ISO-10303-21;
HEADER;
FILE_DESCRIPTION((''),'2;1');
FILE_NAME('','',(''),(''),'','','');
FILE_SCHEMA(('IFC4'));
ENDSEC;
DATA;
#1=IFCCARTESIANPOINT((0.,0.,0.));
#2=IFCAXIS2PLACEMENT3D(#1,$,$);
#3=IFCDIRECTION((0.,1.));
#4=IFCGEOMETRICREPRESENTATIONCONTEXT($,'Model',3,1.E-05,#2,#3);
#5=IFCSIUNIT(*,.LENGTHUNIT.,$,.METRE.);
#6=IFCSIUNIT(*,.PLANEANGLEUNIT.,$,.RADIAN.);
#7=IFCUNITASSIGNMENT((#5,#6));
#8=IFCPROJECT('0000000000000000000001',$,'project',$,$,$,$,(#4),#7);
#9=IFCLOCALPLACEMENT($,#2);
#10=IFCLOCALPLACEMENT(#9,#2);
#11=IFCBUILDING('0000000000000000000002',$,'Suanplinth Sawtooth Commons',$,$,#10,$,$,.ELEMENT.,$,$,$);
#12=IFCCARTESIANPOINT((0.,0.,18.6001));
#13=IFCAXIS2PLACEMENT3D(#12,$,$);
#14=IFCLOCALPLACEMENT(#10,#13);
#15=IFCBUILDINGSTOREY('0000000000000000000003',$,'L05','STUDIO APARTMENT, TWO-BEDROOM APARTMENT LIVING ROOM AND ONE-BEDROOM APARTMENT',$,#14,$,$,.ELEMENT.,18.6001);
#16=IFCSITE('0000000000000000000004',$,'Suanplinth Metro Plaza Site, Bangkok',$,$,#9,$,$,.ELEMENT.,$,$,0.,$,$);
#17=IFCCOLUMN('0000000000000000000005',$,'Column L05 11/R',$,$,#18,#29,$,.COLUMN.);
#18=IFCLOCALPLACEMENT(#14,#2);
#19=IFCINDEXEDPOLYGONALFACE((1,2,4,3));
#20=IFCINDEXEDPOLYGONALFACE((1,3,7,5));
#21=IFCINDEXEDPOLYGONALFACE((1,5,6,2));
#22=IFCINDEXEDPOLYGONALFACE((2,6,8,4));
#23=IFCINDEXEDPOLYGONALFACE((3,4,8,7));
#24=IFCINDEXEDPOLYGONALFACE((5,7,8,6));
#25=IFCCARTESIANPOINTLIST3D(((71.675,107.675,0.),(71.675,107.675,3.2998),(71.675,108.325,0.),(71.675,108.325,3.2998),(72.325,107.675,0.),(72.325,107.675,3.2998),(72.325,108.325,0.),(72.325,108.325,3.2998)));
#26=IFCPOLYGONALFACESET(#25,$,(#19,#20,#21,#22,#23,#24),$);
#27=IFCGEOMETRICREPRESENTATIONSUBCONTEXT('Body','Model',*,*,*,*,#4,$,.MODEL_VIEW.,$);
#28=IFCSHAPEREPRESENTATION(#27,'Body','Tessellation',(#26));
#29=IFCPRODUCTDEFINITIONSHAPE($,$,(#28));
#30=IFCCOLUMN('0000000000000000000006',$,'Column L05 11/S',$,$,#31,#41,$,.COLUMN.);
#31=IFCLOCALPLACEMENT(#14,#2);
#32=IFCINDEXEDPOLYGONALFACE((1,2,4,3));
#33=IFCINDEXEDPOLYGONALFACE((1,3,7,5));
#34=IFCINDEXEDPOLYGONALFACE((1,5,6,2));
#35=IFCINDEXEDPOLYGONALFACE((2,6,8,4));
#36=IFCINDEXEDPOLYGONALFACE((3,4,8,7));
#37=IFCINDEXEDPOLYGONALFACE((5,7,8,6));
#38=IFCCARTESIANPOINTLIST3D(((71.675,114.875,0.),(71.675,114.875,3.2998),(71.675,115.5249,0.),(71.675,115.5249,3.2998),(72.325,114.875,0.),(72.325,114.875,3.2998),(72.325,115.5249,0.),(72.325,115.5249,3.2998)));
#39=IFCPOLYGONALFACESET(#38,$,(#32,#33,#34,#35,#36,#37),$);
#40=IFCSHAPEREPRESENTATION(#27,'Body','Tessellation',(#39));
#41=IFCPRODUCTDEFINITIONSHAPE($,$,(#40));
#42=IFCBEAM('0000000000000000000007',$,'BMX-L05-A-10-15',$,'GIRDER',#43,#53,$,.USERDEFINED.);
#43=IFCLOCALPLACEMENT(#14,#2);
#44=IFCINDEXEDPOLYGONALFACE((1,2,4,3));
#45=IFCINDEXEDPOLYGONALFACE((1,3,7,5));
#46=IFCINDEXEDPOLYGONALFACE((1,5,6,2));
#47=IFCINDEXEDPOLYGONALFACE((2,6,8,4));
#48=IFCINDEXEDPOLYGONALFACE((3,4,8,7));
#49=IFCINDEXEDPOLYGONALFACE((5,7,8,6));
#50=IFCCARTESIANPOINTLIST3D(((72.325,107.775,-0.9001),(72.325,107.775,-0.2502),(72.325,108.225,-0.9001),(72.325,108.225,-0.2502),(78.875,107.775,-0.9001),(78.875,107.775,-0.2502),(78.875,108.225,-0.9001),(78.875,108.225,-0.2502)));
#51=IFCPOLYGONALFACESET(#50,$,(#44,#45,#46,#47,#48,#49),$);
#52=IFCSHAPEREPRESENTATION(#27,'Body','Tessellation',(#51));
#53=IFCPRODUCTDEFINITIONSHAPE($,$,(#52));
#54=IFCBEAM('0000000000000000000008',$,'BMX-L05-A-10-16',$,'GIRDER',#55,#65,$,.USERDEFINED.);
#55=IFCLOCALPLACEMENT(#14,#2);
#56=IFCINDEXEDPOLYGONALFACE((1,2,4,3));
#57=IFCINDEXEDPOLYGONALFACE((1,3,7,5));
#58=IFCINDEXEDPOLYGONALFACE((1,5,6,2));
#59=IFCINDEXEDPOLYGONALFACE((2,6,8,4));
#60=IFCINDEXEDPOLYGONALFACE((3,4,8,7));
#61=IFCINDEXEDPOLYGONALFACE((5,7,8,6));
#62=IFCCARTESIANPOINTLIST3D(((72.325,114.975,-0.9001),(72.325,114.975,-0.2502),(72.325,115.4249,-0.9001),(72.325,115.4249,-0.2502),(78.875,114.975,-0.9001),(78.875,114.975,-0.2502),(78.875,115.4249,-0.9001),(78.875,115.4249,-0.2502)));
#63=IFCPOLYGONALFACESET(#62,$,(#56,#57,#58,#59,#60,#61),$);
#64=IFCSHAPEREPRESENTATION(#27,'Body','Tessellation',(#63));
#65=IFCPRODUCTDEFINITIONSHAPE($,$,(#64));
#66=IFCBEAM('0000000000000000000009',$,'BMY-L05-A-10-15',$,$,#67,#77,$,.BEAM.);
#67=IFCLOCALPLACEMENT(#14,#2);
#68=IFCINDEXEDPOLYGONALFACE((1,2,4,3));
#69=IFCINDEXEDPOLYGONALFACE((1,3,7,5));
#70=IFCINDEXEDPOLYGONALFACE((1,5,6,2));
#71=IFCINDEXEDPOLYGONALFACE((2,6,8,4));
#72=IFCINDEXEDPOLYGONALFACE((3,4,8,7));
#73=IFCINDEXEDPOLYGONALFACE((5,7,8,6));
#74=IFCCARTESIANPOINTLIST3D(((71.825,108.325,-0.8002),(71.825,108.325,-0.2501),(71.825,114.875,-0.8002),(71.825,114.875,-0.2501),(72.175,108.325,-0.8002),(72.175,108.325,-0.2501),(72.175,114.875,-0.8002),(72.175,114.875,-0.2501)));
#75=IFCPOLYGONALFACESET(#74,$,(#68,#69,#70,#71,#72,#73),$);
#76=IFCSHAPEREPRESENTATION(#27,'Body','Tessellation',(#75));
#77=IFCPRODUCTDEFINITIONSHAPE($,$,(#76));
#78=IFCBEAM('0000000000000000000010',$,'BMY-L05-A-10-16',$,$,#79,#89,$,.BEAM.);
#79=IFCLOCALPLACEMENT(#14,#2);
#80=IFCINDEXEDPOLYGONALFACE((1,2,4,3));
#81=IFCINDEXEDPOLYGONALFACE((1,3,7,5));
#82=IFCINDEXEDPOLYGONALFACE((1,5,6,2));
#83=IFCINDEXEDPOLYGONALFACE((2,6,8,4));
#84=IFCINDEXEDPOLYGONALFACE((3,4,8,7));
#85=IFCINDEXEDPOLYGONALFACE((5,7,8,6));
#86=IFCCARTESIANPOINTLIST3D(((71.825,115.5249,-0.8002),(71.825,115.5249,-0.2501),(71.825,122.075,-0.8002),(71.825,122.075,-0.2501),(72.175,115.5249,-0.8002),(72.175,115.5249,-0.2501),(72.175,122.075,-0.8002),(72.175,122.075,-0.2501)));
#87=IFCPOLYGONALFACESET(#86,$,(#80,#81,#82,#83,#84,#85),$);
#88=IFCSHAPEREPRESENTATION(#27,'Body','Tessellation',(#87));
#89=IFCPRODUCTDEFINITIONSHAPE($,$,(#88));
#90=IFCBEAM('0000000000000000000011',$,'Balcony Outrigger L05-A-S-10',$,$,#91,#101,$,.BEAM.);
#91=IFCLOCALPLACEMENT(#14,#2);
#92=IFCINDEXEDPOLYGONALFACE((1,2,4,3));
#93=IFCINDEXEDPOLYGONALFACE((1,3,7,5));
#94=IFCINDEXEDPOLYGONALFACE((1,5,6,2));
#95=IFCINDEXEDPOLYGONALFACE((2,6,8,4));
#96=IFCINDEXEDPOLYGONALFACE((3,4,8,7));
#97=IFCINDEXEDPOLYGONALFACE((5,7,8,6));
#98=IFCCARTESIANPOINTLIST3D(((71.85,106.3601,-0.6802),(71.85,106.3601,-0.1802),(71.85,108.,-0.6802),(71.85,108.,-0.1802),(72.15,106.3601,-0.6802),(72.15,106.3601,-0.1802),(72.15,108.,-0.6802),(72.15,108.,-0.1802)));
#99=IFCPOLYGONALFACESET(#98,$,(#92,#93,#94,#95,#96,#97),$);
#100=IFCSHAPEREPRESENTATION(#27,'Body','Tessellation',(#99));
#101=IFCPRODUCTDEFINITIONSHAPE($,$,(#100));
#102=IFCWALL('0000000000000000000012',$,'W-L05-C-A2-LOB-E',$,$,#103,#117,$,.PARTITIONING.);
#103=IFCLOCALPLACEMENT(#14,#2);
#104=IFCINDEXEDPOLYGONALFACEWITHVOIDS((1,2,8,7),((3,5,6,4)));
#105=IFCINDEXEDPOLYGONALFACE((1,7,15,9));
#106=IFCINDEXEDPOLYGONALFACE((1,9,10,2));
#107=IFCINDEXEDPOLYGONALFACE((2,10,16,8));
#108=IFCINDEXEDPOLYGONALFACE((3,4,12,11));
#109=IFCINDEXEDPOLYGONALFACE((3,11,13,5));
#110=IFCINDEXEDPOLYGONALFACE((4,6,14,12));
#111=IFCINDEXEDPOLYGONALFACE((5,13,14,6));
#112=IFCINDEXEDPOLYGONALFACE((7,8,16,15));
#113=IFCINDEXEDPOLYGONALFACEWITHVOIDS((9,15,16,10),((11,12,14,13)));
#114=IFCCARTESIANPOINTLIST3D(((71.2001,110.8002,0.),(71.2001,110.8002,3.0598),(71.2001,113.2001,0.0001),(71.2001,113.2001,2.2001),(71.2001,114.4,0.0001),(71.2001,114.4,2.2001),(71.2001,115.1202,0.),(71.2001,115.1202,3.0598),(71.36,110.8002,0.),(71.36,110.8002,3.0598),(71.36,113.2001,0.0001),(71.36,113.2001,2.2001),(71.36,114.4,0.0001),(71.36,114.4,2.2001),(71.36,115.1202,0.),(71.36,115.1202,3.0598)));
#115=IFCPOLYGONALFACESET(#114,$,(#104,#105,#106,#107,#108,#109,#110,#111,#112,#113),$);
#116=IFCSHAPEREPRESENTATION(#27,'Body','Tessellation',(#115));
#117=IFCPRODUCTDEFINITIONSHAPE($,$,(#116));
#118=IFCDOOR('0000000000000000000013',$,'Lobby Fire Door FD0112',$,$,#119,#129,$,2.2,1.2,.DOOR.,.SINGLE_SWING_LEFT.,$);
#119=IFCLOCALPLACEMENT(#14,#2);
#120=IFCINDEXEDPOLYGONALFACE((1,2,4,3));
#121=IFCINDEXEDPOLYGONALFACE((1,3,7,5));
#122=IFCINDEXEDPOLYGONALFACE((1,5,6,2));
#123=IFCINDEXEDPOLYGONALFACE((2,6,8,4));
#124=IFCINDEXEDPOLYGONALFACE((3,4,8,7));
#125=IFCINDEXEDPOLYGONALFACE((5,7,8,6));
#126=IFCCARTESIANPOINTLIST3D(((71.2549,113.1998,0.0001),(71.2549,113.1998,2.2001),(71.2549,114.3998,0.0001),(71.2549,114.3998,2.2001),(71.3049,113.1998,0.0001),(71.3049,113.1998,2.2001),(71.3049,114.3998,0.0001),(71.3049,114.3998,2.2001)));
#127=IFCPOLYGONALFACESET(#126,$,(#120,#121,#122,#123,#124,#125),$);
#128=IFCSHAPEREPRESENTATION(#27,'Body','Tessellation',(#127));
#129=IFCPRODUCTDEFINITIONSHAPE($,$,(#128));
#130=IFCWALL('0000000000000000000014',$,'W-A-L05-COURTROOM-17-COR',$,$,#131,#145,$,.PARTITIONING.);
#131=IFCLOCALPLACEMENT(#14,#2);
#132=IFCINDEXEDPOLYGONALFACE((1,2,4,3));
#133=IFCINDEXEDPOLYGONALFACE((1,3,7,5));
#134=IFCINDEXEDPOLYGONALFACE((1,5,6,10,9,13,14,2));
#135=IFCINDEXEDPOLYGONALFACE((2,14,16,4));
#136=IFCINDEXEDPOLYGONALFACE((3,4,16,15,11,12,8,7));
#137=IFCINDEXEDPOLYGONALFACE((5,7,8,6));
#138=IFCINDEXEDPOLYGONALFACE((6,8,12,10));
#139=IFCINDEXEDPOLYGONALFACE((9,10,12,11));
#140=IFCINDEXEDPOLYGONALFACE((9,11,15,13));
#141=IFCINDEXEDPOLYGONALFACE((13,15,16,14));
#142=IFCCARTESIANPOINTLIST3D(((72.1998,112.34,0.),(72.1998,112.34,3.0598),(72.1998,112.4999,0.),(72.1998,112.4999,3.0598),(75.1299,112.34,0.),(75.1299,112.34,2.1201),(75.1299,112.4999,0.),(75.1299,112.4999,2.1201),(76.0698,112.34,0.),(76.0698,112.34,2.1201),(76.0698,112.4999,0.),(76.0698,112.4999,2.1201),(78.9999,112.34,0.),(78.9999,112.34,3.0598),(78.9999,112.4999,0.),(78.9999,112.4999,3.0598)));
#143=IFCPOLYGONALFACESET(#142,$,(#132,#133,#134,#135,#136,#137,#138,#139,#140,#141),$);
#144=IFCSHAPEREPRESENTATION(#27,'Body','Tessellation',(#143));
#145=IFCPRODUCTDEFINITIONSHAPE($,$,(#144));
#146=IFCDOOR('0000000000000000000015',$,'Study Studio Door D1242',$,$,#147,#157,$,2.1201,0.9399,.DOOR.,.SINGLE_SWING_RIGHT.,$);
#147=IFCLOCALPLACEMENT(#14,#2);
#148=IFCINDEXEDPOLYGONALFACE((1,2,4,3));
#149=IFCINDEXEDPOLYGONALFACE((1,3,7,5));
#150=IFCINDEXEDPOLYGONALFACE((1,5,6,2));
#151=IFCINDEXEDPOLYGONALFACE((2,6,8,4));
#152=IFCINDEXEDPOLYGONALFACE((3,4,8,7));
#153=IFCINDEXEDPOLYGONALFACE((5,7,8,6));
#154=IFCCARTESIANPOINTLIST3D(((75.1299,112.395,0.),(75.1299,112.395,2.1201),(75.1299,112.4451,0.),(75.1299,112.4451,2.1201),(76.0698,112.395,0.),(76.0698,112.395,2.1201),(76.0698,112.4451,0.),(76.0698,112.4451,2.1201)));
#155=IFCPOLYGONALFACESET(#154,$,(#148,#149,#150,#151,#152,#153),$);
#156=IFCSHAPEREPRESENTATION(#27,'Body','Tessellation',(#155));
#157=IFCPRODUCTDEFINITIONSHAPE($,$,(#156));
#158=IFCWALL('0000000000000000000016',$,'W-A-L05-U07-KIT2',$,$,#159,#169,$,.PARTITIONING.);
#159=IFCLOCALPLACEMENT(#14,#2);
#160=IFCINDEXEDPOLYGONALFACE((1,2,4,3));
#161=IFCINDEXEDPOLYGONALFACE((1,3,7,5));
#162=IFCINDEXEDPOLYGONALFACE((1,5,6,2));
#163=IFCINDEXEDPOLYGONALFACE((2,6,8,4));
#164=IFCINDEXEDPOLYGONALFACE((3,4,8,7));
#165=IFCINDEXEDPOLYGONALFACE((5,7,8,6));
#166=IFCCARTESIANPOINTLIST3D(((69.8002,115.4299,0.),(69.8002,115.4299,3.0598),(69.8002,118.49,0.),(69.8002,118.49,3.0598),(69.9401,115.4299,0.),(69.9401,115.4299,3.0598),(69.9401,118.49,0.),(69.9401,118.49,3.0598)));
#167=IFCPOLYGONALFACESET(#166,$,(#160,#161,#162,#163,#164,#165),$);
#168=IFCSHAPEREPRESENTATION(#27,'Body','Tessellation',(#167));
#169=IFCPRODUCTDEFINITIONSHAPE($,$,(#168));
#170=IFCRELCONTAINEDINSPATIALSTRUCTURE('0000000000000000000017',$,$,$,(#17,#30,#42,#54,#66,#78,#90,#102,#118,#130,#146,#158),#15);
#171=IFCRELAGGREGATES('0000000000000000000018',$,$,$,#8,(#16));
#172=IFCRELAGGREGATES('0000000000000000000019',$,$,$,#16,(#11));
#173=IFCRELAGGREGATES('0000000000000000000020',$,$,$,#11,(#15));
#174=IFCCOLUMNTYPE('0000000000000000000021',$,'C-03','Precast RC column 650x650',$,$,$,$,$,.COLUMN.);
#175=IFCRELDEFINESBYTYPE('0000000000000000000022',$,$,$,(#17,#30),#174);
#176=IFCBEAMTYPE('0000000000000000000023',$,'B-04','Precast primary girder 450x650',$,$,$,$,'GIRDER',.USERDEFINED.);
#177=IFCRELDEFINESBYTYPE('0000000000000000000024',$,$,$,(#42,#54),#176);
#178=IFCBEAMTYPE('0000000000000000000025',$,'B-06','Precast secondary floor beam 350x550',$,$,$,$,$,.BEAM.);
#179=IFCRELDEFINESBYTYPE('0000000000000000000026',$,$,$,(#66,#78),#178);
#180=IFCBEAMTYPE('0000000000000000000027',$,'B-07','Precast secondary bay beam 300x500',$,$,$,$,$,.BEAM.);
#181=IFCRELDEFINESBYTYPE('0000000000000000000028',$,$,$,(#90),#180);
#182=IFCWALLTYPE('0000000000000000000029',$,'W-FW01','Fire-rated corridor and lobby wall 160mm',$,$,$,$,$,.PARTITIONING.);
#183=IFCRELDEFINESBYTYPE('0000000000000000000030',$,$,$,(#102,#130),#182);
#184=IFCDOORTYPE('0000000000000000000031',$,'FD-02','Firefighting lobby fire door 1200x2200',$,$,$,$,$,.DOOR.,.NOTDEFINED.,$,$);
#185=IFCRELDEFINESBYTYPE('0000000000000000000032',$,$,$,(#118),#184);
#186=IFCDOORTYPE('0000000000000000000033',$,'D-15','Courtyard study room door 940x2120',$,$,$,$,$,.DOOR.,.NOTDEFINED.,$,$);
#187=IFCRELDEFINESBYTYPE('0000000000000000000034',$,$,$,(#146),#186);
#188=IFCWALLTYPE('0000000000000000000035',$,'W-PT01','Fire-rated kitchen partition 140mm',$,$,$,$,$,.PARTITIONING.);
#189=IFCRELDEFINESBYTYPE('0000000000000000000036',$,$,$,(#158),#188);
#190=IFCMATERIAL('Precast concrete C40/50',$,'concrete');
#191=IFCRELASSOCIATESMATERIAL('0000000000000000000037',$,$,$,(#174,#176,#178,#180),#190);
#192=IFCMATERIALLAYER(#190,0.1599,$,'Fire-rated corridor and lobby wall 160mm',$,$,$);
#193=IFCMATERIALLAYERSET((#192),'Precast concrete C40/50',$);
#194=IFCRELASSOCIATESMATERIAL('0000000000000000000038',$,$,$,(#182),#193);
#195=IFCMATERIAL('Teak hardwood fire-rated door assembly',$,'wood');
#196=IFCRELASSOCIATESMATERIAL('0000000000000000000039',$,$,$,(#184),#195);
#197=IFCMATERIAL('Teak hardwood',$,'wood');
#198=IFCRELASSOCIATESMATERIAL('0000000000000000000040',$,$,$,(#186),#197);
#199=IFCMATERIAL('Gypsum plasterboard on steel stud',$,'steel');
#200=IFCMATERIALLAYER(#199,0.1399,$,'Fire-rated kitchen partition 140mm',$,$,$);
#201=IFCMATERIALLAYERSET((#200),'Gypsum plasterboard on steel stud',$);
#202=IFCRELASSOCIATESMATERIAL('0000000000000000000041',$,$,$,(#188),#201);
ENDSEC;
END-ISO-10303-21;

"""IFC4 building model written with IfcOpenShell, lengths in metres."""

from ifc_helpers import new_model, si_unit, direction, frame, frame_2d, origin, origin_2d, place, context, subcontext, project, spatial, rectangle, extrude, material, layer, layer_set, material_profile, profile_set, type_object, element, fill, save


model = new_model("IFC4")

# Units and contexts
model_context = context("Model", 3, precision=1e-05, world=origin(), true_north=direction((0.0, 1.0)))
body_context = subcontext(model_context, "Body", "Model", "MODEL_VIEW")
ifc_project = project(units=[si_unit("LENGTHUNIT", "METRE"), si_unit("PLANEANGLEUNIT", "RADIAN")], contexts=[model_context])

# Site, building, storey
site_placement = place(None, origin())
site = spatial("IfcSite", under=ifc_project, at=site_placement, Name="Suanplinth Metro Plaza Site, Bangkok", CompositionType="ELEMENT", RefElevation=0.0)
building_placement = place(site_placement, origin())
building = spatial("IfcBuilding", under=site, at=building_placement, Name="Suanplinth Sawtooth Commons", CompositionType="ELEMENT")
storey_placement = place(building_placement, frame((0.0, 0.0, 18.6001)))
storey = spatial("IfcBuildingStorey", under=building, at=storey_placement, Name="L05", Description="STUDIO APARTMENT, TWO-BEDROOM APARTMENT LIVING ROOM AND ONE-BEDROOM APARTMENT", CompositionType="ELEMENT", Elevation=18.6001)

# Columns
ifc_material_1 = material(Name="Precast concrete C40/50", Category="concrete")
ifc_material_profile_1 = material_profile(ifc_material_1, rectangle(XDim=0.6499, YDim=0.6499, at=origin_2d()), Name="PC-COL 650x650")
ifc_profile_set_1 = profile_set([ifc_material_profile_1], Name="Precast concrete C40/50")
column_type = type_object("IfcColumnType", Name="C-03", Description="Precast RC column 650x650", PredefinedType="COLUMN", material=ifc_profile_set_1)
for number, where, z_axis, x_axis, name in (
    (1, (72.0, 108.0, 0.0), (0.0, 0.0, 1.0), (1.0, 0.0, 0.0), "Column L05 11/R"),
    (2, (72.0, 115.2, 0.0), (0.0, 0.0, 1.0), (1.0, 0.0, 0.0), "Column L05 11/S"),
):
    element("IfcColumn", number, at=place(storey_placement, frame(where, z_axis=z_axis, x_axis=x_axis)), inside=storey, type_object=column_type, Name=name, PredefinedType="COLUMN", context=body_context, shape_type="SweptSolid", body=[
        extrude(rectangle(XDim=0.6499, YDim=0.6499, at=origin_2d()), origin(), (0.0, 0.0, 1.0), 3.2998),
    ])

# Beams
ifc_material_profile_2 = material_profile(ifc_material_1, rectangle(XDim=0.45, YDim=0.6499, at=origin_2d()), Name="PC-GDR 450x650")
ifc_profile_set_2 = profile_set([ifc_material_profile_2], Name="Precast concrete C40/50")
beam_type_1 = type_object("IfcBeamType", Name="B-04", Description="Precast primary girder 450x650", ElementType="GIRDER", PredefinedType="USERDEFINED", material=ifc_profile_set_2)
for number, where, z_axis, x_axis, name in (
    (3, (72.325, 108.0, -0.5752), (1.0, 0.0, 0.0), (0.0, 1.0, 0.0), "BMX-L05-A-10-15"),
    (4, (72.325, 115.2, -0.5752), (1.0, 0.0, 0.0), (0.0, 1.0, 0.0), "BMX-L05-A-10-16"),
):
    element("IfcBeam", number, at=place(storey_placement, frame(where, z_axis=z_axis, x_axis=x_axis)), inside=storey, type_object=beam_type_1, Name=name, ObjectType="GIRDER", PredefinedType="USERDEFINED", context=body_context, shape_type="SweptSolid", body=[
        extrude(rectangle(XDim=0.45, YDim=0.6499, at=origin_2d()), origin(), (0.0, 0.0, 1.0), 6.55),
    ])
ifc_material_profile_3 = material_profile(ifc_material_1, rectangle(XDim=0.3501, YDim=0.55, at=origin_2d()), Name="PC-BM 350x550")
ifc_profile_set_3 = profile_set([ifc_material_profile_3], Name="Precast concrete C40/50")
beam_type_2 = type_object("IfcBeamType", Name="B-06", Description="Precast secondary floor beam 350x550", PredefinedType="BEAM", material=ifc_profile_set_3)
for number, where, z_axis, x_axis, name in (
    (5, (72.0, 108.325, -0.5251), (0.0, 1.0, 0.0), (-1.0, 0.0, 0.0), "BMY-L05-A-10-15"),
    (6, (72.0, 115.5249, -0.5251), (0.0, 1.0, 0.0), (-1.0, 0.0, 0.0), "BMY-L05-A-10-16"),
):
    element("IfcBeam", number, at=place(storey_placement, frame(where, z_axis=z_axis, x_axis=x_axis)), inside=storey, type_object=beam_type_2, Name=name, PredefinedType="BEAM", context=body_context, shape_type="SweptSolid", body=[
        extrude(rectangle(XDim=0.3501, YDim=0.55, at=origin_2d()), origin(), (0.0, 0.0, 1.0), 6.55),
    ])
ifc_material_profile_4 = material_profile(ifc_material_1, rectangle(XDim=0.3, YDim=0.5, at=origin_2d()), Name="PC-BM 300x500")
ifc_profile_set_4 = profile_set([ifc_material_profile_4], Name="Precast concrete C40/50")
beam_type_3 = type_object("IfcBeamType", Name="B-07", Description="Precast secondary bay beam 300x500", PredefinedType="BEAM", material=ifc_profile_set_4)
beam_placement = place(storey_placement, frame((72.0, 108.0, -0.4302), z_axis=(0.0, -1.0, 0.0), x_axis=(1.0, 0.0, 0.0)))
element("IfcBeam", 7, at=beam_placement, inside=storey, type_object=beam_type_3, Name="Balcony Outrigger L05-A-S-10", PredefinedType="BEAM", context=body_context, shape_type="SweptSolid", body=[
    extrude(rectangle(XDim=0.3, YDim=0.5, at=origin_2d()), origin(), (0.0, 0.0, 1.0), 1.6399),
])

# Walls, openings, doors
ifc_layer_1 = layer(ifc_material_1, 0.1599, Name="Fire-rated corridor and lobby wall 160mm")
ifc_layer_set_1 = layer_set([ifc_layer_1], Name="Precast concrete C40/50")
wall_type_1 = type_object("IfcWallType", Name="W-FW01", Description="Fire-rated corridor and lobby wall 160mm", PredefinedType="PARTITIONING", material=ifc_layer_set_1)
wall_1_placement = place(storey_placement, frame((71.28, 110.8, 0.0), z_axis=(0.0, 0.0, 1.0), x_axis=(0.0, 1.0, 0.0)))
wall_1 = element("IfcWall", 8, at=wall_1_placement, inside=storey, type_object=wall_type_1, Name="W-L05-C-A2-LOB-E", PredefinedType="PARTITIONING", context=body_context, shape_type="SweptSolid", body=[
    extrude(rectangle(XDim=4.3201, YDim=0.1599, at=frame_2d((2.1602, 0.0))), origin(), (0.0, 0.0, 1.0), 3.0598),
])
opening_1_placement = place(wall_1_placement, frame((2.3999, 0.0, 0.0)))
opening_1 = element("IfcOpeningElement", 9, at=opening_1_placement, cuts=wall_1, PredefinedType="OPENING", context=body_context, shape_type="SweptSolid", body=[
    extrude(rectangle(XDim=1.2, YDim=2.2, at=frame_2d((0.6001, 1.1001))), frame((0.0, 0.0947, 0.0), z_axis=(0.0, -1.0, 0.0), x_axis=(1.0, 0.0, 0.0)), (0.0, 0.0, 1.0), 0.1897),
])
ifc_material_2 = material(Name="Teak hardwood fire-rated door assembly", Category="wood")
door_type_1 = type_object("IfcDoorType", Name="FD-02", Description="Firefighting lobby fire door 1200x2200", OperationType="NOTDEFINED", PredefinedType="DOOR", material=ifc_material_2)
door_1_placement = place(opening_1_placement, frame((1.2, 0.0, 0.0), z_axis=(0.0, 0.0, 1.0), x_axis=(-1.0, 0.0, 0.0)))
door_1 = element("IfcDoor", 10, at=door_1_placement, inside=storey, type_object=door_type_1, Name="Lobby Fire Door FD0112", OperationType="SINGLE_SWING_LEFT", OverallHeight=2.2, OverallWidth=1.2, PredefinedType="DOOR", context=body_context, shape_type="SweptSolid", body=[
    extrude(rectangle(XDim=1.2, YDim=2.2, at=frame_2d((0.6001, 1.1001))), frame((0.0, 0.0249, 0.0), z_axis=(0.0, -1.0, 0.0), x_axis=(1.0, 0.0, 0.0)), (0.0, 0.0, 1.0), 0.05),
])
fill(opening_1, door_1)
wall_2_placement = place(storey_placement, frame((72.2, 112.4199, 0.0), z_axis=(0.0, 0.0, 1.0), x_axis=(1.0, 0.0, 0.0)))
wall_2 = element("IfcWall", 11, at=wall_2_placement, inside=storey, type_object=wall_type_1, Name="W-A-L05-COURTROOM-17-COR", PredefinedType="PARTITIONING", context=body_context, shape_type="SweptSolid", body=[
    extrude(rectangle(XDim=6.8, YDim=0.1599, at=frame_2d((3.3999, 0.0))), origin(), (0.0, 0.0, 1.0), 3.0598),
])
opening_2_placement = place(wall_2_placement, frame((2.9299, 0.0, 0.0)))
opening_2 = element("IfcOpeningElement", 12, at=opening_2_placement, cuts=wall_2, PredefinedType="OPENING", context=body_context, shape_type="SweptSolid", body=[
    extrude(rectangle(XDim=0.9399, YDim=2.1201, at=frame_2d((0.47, 1.0601))), frame((0.0, 0.0947, 0.0), z_axis=(0.0, -1.0, 0.0), x_axis=(1.0, 0.0, 0.0)), (0.0, 0.0, 1.0), 0.1897),
])
ifc_material_3 = material(Name="Teak hardwood", Category="wood")
door_type_2 = type_object("IfcDoorType", Name="D-15", Description="Courtyard study room door 940x2120", OperationType="NOTDEFINED", PredefinedType="DOOR", material=ifc_material_3)
door_2_placement = place(opening_2_placement, frame((0.9399, 0.0, 0.0), z_axis=(0.0, 0.0, 1.0), x_axis=(-1.0, 0.0, 0.0)))
door_2 = element("IfcDoor", 13, at=door_2_placement, inside=storey, type_object=door_type_2, Name="Study Studio Door D1242", OperationType="SINGLE_SWING_RIGHT", OverallHeight=2.1201, OverallWidth=0.9399, PredefinedType="DOOR", context=body_context, shape_type="SweptSolid", body=[
    extrude(rectangle(XDim=0.9399, YDim=2.1201, at=frame_2d((0.47, 1.0601))), frame((0.0, 0.0249, 0.0), z_axis=(0.0, -1.0, 0.0), x_axis=(1.0, 0.0, 0.0)), (0.0, 0.0, 1.0), 0.05),
])
fill(opening_2, door_2)

# Wall
ifc_material_4 = material(Name="Gypsum plasterboard on steel stud", Category="steel")
ifc_layer_2 = layer(ifc_material_4, 0.1399, Name="Fire-rated kitchen partition 140mm")
ifc_layer_set_2 = layer_set([ifc_layer_2], Name="Gypsum plasterboard on steel stud")
wall_type_2 = type_object("IfcWallType", Name="W-PT01", Description="Fire-rated kitchen partition 140mm", PredefinedType="PARTITIONING", material=ifc_layer_set_2)
wall_3_placement = place(storey_placement, frame((69.8701, 115.4299, 0.0), z_axis=(0.0, 0.0, 1.0), x_axis=(0.0, 1.0, 0.0)))
element("IfcWall", 14, at=wall_3_placement, inside=storey, type_object=wall_type_2, Name="W-A-L05-U07-KIT2", PredefinedType="PARTITIONING", context=body_context, shape_type="SweptSolid", body=[
    extrude(rectangle(XDim=3.0601, YDim=0.1399, at=frame_2d((1.53, 0.0))), origin(), (0.0, 0.0, 1.0), 3.0598),
])

save(model, "model.ifc")
